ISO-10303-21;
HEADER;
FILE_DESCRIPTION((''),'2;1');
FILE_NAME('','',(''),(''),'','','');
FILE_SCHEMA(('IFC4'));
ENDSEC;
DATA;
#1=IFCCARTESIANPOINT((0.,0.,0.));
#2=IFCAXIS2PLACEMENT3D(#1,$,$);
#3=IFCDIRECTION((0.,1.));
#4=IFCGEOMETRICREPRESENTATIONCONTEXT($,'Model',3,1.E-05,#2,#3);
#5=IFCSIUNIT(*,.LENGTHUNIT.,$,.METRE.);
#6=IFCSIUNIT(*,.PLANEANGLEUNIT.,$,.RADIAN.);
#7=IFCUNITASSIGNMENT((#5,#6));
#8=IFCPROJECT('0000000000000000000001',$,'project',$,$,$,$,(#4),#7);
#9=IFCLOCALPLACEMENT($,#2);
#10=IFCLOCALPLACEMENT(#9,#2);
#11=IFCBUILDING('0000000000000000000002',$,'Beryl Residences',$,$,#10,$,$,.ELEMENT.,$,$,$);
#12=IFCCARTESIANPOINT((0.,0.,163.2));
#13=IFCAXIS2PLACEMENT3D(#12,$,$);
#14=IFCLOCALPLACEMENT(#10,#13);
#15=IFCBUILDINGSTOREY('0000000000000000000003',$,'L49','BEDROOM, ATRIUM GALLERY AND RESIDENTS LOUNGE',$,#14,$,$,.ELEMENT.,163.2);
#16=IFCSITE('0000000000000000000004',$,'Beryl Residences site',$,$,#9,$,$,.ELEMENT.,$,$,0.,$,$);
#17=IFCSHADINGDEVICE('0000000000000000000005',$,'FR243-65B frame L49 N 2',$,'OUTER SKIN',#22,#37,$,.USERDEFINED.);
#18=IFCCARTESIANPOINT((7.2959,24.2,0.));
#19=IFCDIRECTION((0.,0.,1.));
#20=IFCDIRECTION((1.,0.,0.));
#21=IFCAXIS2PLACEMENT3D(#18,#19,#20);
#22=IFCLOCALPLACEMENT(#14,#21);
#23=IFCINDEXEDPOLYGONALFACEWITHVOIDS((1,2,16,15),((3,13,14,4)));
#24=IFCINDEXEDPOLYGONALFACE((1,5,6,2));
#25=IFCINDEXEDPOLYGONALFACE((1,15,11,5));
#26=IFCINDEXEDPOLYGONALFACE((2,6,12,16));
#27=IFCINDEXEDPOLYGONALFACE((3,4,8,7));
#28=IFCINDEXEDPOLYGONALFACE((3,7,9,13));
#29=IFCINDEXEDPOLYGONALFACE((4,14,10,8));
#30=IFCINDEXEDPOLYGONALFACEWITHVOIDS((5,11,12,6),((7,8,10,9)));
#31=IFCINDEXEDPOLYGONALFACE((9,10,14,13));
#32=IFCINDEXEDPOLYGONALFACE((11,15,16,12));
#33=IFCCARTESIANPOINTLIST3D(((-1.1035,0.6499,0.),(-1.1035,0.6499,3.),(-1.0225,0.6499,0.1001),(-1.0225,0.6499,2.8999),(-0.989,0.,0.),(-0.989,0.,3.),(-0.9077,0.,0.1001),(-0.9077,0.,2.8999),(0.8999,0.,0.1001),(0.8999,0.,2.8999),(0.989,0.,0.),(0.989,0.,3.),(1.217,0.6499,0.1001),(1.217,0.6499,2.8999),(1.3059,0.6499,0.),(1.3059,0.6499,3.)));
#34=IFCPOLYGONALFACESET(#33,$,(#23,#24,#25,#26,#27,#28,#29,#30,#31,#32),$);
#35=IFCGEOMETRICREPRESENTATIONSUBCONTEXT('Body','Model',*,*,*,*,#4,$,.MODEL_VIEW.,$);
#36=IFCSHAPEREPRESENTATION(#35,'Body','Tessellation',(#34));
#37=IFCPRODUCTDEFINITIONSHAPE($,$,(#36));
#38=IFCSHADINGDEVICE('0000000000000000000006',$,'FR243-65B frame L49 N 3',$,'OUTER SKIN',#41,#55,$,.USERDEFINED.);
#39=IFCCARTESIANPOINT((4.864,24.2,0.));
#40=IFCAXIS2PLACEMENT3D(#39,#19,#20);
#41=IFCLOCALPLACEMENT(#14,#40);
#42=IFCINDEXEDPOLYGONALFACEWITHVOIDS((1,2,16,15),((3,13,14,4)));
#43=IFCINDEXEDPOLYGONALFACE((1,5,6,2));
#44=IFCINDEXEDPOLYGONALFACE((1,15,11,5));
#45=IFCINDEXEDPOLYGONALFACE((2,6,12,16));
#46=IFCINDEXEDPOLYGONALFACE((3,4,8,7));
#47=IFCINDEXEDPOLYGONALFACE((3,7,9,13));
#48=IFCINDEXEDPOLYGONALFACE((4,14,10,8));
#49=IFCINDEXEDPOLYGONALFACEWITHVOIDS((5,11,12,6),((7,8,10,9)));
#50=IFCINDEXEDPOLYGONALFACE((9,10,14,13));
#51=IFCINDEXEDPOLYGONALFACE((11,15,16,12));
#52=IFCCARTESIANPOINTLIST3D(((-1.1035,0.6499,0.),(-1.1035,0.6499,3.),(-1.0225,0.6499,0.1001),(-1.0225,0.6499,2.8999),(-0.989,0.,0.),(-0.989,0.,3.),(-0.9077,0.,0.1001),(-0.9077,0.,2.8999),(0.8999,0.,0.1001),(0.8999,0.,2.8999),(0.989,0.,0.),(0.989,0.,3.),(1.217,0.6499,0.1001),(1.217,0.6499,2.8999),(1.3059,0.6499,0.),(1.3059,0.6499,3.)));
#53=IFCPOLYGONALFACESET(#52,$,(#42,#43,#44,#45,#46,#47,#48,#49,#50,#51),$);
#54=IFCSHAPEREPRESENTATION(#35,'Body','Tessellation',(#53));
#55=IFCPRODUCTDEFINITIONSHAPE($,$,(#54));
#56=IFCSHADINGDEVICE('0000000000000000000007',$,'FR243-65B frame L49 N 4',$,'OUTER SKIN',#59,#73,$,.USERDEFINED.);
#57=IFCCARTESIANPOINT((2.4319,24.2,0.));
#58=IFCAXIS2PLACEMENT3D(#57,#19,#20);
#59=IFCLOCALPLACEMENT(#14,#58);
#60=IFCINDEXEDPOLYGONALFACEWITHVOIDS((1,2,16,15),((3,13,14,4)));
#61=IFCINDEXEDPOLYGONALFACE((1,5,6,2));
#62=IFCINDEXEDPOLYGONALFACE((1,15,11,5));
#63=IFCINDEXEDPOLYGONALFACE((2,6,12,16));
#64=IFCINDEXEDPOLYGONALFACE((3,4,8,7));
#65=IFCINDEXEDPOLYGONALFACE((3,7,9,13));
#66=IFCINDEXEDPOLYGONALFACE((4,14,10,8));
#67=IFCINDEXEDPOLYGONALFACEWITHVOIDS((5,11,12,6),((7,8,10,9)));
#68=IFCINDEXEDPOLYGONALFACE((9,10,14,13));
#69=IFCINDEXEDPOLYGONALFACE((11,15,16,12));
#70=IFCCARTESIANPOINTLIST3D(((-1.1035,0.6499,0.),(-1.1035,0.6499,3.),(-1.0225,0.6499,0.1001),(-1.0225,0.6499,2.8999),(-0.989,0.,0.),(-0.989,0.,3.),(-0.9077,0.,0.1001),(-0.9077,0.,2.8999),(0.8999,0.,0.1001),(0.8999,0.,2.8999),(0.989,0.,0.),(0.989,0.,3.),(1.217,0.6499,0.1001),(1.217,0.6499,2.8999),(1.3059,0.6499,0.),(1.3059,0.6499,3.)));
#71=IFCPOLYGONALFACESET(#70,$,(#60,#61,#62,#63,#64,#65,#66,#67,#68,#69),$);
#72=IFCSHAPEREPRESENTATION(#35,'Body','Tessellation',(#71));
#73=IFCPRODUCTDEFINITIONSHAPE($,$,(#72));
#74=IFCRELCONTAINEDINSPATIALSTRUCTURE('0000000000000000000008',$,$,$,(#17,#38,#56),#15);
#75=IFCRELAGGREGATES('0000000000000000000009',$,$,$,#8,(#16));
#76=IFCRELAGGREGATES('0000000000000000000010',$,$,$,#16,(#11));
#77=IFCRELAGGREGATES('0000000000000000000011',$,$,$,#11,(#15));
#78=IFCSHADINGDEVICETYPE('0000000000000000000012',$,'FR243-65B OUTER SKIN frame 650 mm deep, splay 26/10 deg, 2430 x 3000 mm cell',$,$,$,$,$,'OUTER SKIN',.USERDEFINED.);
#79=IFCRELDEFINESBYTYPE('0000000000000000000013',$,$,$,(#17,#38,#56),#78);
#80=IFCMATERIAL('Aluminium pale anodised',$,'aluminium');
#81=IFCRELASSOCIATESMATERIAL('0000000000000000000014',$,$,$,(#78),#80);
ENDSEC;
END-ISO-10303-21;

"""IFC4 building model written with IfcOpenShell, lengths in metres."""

from ifc_helpers import new_model, entity, si_unit, direction, frame, origin, place, context, subcontext, project, spatial, source, transform, mapped, material, type_object, type_shapes, element, save


model = new_model("IFC4")

# Units and contexts
model_context = context("Model", 3, precision=1e-05, world=origin(), true_north=direction((0.0, 1.0)))
body_context = subcontext(model_context, "Body", "Model", "MODEL_VIEW")
ifc_project = project(units=[si_unit("LENGTHUNIT", "METRE"), si_unit("PLANEANGLEUNIT", "RADIAN")], contexts=[model_context])

# Site, building, storey
site_placement = place(None, origin())
site = spatial("IfcSite", under=ifc_project, at=site_placement, Name="Beryl Residences site", CompositionType="ELEMENT", RefElevation=0.0)
building_placement = place(site_placement, origin())
building = spatial("IfcBuilding", under=site, at=building_placement, Name="Beryl Residences", CompositionType="ELEMENT")
storey_placement = place(building_placement, frame((0.0, 0.0, 163.2)))
storey = spatial("IfcBuildingStorey", under=building, at=storey_placement, Name="L49", Description="BEDROOM, ATRIUM GALLERY AND RESIDENTS LOUNGE", CompositionType="ELEMENT", Elevation=163.2)

# Shading devices
ifc_material_1 = material(Name="Aluminium pale anodised", Category="aluminium")
shading_device_type = type_object("IfcShadingDeviceType", Name="FR243-65B OUTER SKIN frame 650 mm deep, splay 26/10 deg, 2430 x 3000 mm cell", ElementType="OUTER SKIN", PredefinedType="USERDEFINED", material=ifc_material_1)
cartesian_point_1 = entity("IfcCartesianPoint", [-0.989, 0.0])
cartesian_point_2 = entity("IfcCartesianPoint", [-0.8999, 0.1001])
cartesian_point_3 = entity("IfcCartesianPoint", [-1.3059, 0.0])
cartesian_point_4 = entity("IfcCartesianPoint", [-1.217, 0.1001])
shared_shape = source(origin(), body_context, "Body", "SweptSolid", [
    entity("IfcExtrudedAreaSolidTapered", entity("IfcArbitraryProfileDefWithVoids", "AREA", None, entity("IfcPolyline", [cartesian_point_1, entity("IfcCartesianPoint", [0.989, 0.0]), entity("IfcCartesianPoint", [0.989, 3.0]), entity("IfcCartesianPoint", [-0.989, 3.0]), cartesian_point_1]), [entity("IfcPolyline", [cartesian_point_2, entity("IfcCartesianPoint", [0.9077, 0.1001]), entity("IfcCartesianPoint", [0.9077, 2.8999]), entity("IfcCartesianPoint", [-0.8999, 2.8999]), cartesian_point_2])]), entity("IfcAxis2Placement3D", entity("IfcCartesianPoint", [0.0, 0.0, 0.0]), entity("IfcDirection", [0.0, 1.0, 0.0]), entity("IfcDirection", [-1.0, 0.0, 0.0])), entity("IfcDirection", [0.0, 0.0, 1.0]), 0.6499, entity("IfcArbitraryProfileDefWithVoids", "AREA", None, entity("IfcPolyline", [cartesian_point_3, entity("IfcCartesianPoint", [1.1035, 0.0]), entity("IfcCartesianPoint", [1.1035, 3.0]), entity("IfcCartesianPoint", [-1.3059, 3.0]), cartesian_point_3]), [entity("IfcPolyline", [cartesian_point_4, entity("IfcCartesianPoint", [1.0225, 0.1001]), entity("IfcCartesianPoint", [1.0225, 2.8999]), entity("IfcCartesianPoint", [-1.217, 2.8999]), cartesian_point_4])])),
])
type_shapes(shading_device_type, [shared_shape])
for number, where, z_axis, x_axis, name in (
    (1, (7.2959, 24.2, 0.0), (0.0, 0.0, 1.0), (1.0, 0.0, 0.0), "FR243-65B frame L49 N 2"),
    (2, (4.864, 24.2, 0.0), (0.0, 0.0, 1.0), (1.0, 0.0, 0.0), "FR243-65B frame L49 N 3"),
    (3, (2.4319, 24.2, 0.0), (0.0, 0.0, 1.0), (1.0, 0.0, 0.0), "FR243-65B frame L49 N 4"),
):
    element("IfcShadingDevice", number, at=place(storey_placement, frame(where, z_axis=z_axis, x_axis=x_axis)), inside=storey, type_object=shading_device_type, Name=name, ObjectType="OUTER SKIN", PredefinedType="USERDEFINED", context=body_context, shape_type="MappedRepresentation", body=[
        mapped(shared_shape, transform((0.0, 0.0, 0.0))),
    ])

save(model, "model.ifc")
